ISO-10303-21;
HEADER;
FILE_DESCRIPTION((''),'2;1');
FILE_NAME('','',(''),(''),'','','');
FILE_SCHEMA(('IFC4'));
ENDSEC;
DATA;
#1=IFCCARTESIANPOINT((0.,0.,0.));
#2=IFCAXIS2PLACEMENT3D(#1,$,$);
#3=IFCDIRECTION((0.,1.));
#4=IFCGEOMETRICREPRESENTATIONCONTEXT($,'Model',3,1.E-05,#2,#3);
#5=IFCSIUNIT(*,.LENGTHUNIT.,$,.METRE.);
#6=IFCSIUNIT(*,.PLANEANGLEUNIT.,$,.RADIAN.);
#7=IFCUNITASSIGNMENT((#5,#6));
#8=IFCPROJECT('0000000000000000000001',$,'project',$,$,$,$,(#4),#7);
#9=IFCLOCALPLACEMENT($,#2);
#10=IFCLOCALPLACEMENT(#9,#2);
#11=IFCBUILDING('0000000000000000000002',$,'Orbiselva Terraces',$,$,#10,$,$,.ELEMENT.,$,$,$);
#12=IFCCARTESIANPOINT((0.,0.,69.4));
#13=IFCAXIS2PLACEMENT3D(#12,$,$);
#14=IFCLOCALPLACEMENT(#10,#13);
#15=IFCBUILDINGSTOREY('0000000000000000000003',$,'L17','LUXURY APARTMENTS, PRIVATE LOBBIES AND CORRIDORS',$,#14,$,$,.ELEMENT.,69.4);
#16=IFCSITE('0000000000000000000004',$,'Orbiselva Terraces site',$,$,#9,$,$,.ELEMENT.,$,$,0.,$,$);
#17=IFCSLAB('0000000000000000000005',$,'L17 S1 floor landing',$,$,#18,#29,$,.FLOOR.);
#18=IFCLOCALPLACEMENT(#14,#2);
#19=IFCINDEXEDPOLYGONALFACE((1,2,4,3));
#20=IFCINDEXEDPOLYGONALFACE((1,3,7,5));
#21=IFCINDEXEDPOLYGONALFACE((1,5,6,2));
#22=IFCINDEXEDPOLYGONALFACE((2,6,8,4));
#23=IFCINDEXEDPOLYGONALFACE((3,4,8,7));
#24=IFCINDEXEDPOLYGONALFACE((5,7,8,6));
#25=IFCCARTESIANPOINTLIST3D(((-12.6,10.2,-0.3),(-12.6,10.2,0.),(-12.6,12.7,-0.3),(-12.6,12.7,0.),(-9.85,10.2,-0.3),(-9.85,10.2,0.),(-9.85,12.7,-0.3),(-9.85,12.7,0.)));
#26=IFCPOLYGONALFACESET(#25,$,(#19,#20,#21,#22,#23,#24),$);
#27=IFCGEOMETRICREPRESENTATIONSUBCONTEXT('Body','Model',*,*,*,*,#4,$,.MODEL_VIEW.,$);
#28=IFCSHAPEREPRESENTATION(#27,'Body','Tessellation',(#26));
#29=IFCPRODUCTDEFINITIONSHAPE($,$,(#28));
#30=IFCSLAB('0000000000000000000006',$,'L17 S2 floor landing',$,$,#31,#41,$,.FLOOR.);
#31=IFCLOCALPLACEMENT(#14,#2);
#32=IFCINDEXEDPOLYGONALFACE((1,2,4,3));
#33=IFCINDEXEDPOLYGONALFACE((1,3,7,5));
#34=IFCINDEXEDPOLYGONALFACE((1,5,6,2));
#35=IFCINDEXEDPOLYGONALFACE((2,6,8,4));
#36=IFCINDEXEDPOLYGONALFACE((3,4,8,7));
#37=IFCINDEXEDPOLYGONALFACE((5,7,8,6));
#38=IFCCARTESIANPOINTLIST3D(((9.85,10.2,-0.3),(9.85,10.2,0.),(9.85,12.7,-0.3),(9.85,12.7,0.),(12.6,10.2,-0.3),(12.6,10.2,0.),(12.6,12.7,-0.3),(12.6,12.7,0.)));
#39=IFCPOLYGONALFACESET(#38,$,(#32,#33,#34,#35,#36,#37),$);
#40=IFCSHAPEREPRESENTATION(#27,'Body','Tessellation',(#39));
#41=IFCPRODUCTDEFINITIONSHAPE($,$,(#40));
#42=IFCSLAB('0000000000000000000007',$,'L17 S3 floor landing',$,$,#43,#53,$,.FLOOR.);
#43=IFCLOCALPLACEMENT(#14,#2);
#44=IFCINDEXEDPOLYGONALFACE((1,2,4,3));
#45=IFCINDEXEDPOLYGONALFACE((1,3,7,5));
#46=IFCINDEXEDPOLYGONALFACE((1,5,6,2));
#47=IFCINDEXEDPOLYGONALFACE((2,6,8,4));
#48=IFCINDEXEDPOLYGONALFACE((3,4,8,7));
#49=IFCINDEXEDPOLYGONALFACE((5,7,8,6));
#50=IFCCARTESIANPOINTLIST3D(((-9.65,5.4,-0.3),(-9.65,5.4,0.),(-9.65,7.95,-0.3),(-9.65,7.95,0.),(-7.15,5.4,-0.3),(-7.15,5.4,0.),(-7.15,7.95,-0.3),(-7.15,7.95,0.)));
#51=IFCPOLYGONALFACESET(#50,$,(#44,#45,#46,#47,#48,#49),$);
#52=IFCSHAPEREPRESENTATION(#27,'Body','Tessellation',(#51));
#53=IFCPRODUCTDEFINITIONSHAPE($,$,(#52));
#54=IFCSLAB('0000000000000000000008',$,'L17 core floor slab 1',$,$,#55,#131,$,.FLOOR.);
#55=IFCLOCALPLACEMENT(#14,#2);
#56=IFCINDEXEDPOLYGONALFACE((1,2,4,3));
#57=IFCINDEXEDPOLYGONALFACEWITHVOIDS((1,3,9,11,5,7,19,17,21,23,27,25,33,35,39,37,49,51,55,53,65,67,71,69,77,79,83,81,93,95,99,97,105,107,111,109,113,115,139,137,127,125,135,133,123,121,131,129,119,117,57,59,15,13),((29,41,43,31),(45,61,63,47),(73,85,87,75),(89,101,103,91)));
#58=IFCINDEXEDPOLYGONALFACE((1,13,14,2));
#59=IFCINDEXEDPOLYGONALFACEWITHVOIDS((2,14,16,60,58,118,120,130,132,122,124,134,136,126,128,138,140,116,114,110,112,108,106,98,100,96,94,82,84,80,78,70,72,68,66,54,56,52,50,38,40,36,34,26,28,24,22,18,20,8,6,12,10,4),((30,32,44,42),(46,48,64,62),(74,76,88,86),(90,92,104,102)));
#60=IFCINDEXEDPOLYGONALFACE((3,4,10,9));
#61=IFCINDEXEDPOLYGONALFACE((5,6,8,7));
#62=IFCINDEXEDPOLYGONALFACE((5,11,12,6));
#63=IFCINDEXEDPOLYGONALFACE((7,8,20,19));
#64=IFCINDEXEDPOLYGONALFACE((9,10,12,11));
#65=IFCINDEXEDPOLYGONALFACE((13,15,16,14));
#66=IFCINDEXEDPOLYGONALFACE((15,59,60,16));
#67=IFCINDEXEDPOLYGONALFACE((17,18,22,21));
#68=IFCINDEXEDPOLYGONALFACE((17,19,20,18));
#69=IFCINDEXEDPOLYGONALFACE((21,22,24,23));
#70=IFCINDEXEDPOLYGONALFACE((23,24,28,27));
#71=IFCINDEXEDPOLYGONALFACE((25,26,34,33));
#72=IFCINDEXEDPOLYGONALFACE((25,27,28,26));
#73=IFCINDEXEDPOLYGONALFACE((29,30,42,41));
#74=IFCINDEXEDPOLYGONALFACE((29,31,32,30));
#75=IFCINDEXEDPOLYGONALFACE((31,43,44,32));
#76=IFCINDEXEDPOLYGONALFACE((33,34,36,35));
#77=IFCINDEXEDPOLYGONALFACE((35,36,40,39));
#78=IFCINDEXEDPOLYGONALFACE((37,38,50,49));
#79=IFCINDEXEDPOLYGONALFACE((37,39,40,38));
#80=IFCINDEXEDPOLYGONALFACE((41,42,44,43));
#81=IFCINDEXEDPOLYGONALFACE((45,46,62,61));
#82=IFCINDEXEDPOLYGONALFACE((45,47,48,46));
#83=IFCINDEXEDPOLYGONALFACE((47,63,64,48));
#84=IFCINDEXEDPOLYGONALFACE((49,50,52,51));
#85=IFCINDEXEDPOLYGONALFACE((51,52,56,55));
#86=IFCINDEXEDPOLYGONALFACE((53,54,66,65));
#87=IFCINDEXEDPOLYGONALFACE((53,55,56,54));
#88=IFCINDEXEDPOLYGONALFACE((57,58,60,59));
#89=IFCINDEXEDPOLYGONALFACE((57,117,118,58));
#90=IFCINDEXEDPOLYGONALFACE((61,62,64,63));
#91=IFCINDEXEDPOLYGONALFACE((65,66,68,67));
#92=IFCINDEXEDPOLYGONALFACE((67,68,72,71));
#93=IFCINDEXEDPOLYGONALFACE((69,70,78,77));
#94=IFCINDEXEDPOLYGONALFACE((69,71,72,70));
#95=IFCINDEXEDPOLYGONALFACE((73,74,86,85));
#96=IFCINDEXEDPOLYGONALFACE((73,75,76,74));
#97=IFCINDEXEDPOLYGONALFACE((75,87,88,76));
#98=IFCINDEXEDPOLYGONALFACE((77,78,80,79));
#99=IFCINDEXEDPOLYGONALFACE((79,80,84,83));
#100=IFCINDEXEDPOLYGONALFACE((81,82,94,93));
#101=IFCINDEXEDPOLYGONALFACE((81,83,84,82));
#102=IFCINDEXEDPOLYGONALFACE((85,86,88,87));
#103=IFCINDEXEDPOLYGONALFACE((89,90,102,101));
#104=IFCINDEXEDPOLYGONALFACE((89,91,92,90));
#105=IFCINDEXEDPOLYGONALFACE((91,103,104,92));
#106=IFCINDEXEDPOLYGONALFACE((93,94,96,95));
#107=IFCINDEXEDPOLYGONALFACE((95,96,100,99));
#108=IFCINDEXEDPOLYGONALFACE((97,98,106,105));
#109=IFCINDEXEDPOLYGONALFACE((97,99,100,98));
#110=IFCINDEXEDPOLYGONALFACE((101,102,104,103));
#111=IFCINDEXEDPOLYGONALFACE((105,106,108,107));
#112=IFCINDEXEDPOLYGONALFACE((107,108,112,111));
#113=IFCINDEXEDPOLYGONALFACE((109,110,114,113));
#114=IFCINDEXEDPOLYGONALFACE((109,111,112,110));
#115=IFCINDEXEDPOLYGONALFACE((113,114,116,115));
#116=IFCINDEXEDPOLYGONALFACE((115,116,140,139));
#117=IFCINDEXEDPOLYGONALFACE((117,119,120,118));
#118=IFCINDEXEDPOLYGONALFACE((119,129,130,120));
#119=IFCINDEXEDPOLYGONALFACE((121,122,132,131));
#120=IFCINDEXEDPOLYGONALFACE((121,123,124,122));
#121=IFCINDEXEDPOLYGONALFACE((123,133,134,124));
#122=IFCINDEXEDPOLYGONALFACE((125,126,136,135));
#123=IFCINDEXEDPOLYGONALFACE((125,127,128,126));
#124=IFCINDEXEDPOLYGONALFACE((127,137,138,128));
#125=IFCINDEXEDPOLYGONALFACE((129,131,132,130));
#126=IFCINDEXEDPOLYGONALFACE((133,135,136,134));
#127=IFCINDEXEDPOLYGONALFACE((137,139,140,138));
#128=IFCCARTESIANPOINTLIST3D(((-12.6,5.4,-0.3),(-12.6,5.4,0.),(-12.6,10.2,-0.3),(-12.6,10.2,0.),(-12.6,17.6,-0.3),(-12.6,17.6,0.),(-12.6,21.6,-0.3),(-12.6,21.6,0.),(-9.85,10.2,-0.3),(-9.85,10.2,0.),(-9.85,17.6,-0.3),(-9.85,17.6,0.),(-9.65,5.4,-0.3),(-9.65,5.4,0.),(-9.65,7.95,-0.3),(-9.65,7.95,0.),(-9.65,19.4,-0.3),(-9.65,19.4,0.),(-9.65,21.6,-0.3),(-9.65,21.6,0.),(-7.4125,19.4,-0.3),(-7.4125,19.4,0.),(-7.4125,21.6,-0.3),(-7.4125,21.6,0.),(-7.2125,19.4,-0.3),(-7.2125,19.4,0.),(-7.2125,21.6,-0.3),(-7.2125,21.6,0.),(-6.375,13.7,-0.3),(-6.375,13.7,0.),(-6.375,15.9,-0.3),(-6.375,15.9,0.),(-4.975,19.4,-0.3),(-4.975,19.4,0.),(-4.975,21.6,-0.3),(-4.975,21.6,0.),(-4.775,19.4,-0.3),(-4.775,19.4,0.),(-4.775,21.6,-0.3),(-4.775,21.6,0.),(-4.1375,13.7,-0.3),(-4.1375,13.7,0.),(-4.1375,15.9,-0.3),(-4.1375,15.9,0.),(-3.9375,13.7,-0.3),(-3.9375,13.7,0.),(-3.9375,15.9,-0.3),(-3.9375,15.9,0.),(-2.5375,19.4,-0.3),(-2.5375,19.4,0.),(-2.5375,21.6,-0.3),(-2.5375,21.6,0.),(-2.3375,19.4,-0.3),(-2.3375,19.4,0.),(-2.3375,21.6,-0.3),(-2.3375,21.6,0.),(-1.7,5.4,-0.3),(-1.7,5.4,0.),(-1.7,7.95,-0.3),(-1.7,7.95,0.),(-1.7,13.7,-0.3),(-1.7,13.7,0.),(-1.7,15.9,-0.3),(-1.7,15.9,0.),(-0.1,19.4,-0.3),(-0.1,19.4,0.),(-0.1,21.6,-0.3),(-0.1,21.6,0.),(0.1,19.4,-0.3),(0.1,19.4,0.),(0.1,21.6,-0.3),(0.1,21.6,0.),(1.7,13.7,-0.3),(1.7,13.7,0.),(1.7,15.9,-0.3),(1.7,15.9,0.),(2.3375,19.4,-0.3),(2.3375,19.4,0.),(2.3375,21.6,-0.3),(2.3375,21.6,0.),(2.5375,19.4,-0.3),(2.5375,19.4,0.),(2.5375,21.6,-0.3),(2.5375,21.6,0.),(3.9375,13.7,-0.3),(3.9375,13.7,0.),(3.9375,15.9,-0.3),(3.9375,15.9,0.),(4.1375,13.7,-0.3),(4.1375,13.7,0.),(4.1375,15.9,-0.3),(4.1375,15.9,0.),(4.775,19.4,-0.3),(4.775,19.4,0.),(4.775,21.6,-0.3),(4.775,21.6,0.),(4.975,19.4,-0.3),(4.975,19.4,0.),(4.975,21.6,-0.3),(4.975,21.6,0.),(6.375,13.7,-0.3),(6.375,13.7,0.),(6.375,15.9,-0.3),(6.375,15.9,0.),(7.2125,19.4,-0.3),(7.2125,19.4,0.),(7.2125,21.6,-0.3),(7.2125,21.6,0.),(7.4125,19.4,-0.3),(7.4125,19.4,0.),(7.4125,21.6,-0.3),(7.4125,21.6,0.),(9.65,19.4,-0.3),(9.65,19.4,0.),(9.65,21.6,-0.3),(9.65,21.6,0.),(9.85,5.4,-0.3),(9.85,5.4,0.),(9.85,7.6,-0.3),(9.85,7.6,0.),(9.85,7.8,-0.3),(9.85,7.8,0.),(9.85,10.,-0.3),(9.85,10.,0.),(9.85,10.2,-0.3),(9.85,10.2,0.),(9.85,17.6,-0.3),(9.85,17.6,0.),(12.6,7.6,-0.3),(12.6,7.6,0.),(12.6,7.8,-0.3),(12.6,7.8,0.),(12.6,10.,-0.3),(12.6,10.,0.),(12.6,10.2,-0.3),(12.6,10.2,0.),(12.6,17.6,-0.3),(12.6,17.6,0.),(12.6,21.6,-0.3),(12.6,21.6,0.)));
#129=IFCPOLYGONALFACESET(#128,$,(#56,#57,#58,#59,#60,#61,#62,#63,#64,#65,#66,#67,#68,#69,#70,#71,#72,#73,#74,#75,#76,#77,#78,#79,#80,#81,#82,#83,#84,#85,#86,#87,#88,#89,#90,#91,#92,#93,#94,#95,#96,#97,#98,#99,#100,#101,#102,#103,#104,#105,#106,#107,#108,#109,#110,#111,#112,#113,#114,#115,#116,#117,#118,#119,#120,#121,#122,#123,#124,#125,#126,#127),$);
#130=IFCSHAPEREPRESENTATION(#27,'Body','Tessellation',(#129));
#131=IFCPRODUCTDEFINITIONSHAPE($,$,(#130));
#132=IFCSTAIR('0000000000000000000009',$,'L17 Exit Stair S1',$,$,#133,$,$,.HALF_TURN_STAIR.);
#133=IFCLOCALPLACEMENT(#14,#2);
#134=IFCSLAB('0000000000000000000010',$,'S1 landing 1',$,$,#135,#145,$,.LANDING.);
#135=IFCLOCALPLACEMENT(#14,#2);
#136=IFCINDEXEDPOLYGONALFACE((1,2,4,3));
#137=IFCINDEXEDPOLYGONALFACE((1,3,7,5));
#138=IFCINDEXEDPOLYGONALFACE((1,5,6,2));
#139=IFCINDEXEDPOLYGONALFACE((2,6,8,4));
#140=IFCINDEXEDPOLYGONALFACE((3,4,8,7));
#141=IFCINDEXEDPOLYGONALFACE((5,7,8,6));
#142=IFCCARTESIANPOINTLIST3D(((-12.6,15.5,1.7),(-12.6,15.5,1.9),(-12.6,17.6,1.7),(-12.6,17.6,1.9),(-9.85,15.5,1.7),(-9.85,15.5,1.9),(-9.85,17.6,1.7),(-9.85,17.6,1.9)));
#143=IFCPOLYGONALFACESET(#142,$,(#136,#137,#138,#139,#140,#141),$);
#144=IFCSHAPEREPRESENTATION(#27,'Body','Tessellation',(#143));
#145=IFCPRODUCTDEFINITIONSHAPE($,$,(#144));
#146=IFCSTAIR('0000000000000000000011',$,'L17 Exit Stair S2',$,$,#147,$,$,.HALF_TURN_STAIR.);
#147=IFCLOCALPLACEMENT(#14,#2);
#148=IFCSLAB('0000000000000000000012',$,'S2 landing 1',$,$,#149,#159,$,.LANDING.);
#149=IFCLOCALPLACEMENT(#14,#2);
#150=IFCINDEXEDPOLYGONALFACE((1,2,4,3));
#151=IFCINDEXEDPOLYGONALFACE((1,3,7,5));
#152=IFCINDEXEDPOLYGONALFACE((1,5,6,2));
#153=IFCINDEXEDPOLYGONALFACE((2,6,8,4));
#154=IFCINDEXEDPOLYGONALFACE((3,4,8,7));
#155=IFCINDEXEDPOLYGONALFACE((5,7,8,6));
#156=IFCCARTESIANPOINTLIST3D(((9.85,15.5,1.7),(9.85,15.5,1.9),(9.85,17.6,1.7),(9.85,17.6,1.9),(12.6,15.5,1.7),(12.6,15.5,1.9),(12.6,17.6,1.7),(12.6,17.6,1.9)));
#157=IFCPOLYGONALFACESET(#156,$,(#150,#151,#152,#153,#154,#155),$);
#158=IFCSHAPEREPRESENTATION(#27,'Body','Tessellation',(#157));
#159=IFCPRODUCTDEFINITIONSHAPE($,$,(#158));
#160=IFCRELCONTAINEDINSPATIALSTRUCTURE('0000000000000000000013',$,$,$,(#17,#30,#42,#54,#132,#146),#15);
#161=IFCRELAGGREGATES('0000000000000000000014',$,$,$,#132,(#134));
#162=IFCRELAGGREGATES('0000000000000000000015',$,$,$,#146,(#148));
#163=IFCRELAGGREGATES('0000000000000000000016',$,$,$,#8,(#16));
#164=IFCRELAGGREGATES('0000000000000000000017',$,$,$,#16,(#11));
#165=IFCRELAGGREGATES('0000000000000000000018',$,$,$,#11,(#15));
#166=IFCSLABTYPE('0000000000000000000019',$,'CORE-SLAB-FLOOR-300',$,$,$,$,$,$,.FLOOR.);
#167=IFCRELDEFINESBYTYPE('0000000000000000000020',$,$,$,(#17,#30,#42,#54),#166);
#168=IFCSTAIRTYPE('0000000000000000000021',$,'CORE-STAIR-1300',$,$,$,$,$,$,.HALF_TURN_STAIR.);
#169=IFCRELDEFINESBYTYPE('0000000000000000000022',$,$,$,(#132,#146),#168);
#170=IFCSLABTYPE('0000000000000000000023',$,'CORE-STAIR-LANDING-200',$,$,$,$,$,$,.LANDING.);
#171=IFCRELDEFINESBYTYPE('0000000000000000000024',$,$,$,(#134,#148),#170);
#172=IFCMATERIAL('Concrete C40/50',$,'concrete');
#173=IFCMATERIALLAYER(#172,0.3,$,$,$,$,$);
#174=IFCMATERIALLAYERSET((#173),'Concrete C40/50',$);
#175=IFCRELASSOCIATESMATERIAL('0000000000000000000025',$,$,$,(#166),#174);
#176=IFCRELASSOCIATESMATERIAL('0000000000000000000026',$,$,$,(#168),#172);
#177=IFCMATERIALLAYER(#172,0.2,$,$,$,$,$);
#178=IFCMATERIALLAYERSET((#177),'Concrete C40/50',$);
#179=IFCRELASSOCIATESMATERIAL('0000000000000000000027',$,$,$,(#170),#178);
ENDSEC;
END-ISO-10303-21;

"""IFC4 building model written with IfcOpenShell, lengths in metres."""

from ifc_helpers import new_model, si_unit, direction, frame, origin, place, context, subcontext, project, spatial, polyline, outline, extrude, material, layer, layer_set, type_object, element, aggregate, save


model = new_model("IFC4")

# Units and contexts
model_context = context("Model", 3, precision=1e-05, world=origin(), true_north=direction((0.0, 1.0)))
body_context = subcontext(model_context, "Body", "Model", "MODEL_VIEW")
ifc_project = project(units=[si_unit("LENGTHUNIT", "METRE"), si_unit("PLANEANGLEUNIT", "RADIAN")], contexts=[model_context])

# Site, building, storey
site_placement = place(None, origin())
site = spatial("IfcSite", under=ifc_project, at=site_placement, Name="Orbiselva Terraces site", CompositionType="ELEMENT", RefElevation=0.0)
building_placement = place(site_placement, origin())
building = spatial("IfcBuilding", under=site, at=building_placement, Name="Orbiselva Terraces", CompositionType="ELEMENT")
storey_placement = place(building_placement, frame((0.0, 0.0, 69.4)))
storey = spatial("IfcBuildingStorey", under=building, at=storey_placement, Name="L17", Description="LUXURY APARTMENTS, PRIVATE LOBBIES AND CORRIDORS", CompositionType="ELEMENT", Elevation=69.4)

# Slabs
ifc_material_1 = material(Name="Concrete C40/50", Category="concrete")
ifc_layer_1 = layer(ifc_material_1, 0.3)
ifc_layer_set_1 = layer_set([ifc_layer_1], Name="Concrete C40/50")
slab_type_1 = type_object("IfcSlabType", Name="CORE-SLAB-FLOOR-300", PredefinedType="FLOOR", material=ifc_layer_set_1)
slab_1_placement = place(storey_placement, frame((0.0, 0.0, -0.3)))
element("IfcSlab", 1, at=slab_1_placement, inside=storey, type_object=slab_type_1, Name="L17 S1 floor landing", PredefinedType="FLOOR", context=body_context, shape_type="SweptSolid", body=[
    extrude(outline(polyline([(-12.6, 12.7), (-9.85, 12.7), (-9.85, 10.2), (-12.6, 10.2), (-12.6, 12.7)])), origin(), (0.0, 0.0, 1.0), 0.3),
])
slab_2_placement = place(storey_placement, frame((0.0, 0.0, -0.3)))
element("IfcSlab", 2, at=slab_2_placement, inside=storey, type_object=slab_type_1, Name="L17 S2 floor landing", PredefinedType="FLOOR", context=body_context, shape_type="SweptSolid", body=[
    extrude(outline(polyline([(12.6, 12.7), (12.6, 10.2), (9.85, 10.2), (9.85, 12.7), (12.6, 12.7)])), origin(), (0.0, 0.0, 1.0), 0.3),
])
slab_3_placement = place(storey_placement, frame((0.0, 0.0, -0.3)))
element("IfcSlab", 3, at=slab_3_placement, inside=storey, type_object=slab_type_1, Name="L17 S3 floor landing", PredefinedType="FLOOR", context=body_context, shape_type="SweptSolid", body=[
    extrude(outline(polyline([(-7.15, 5.4), (-9.65, 5.4), (-9.65, 7.95), (-7.15, 7.95), (-7.15, 5.4)])), origin(), (0.0, 0.0, 1.0), 0.3),
])
slab_4_placement = place(storey_placement, frame((0.0, 0.0, -0.3)))
element("IfcSlab", 4, at=slab_4_placement, inside=storey, type_object=slab_type_1, Name="L17 core floor slab 1", PredefinedType="FLOOR", context=body_context, shape_type="SweptSolid", body=[
    extrude(outline(polyline([(-1.7, 5.4), (-1.7, 7.95), (-9.65, 7.95), (-9.65, 5.4), (-12.6, 5.4), (-12.6, 10.2), (-9.85, 10.2), (-9.85, 17.6), (-12.6, 17.6), (-12.6, 21.6), (-9.65, 21.6), (-9.65, 19.4), (-7.4125, 19.4), (-7.4125, 21.6), (-7.2125, 21.6), (-7.2125, 19.4), (-4.975, 19.4), (-4.975, 21.6), (-4.775, 21.6), (-4.775, 19.4), (-2.5375, 19.4), (-2.5375, 21.6), (-2.3375, 21.6), (-2.3375, 19.4), (-0.1, 19.4), (-0.1, 21.6), (0.1, 21.6), (0.1, 19.4), (2.3375, 19.4), (2.3375, 21.6), (2.5375, 21.6), (2.5375, 19.4), (4.775, 19.4), (4.775, 21.6), (4.975, 21.6), (4.975, 19.4), (7.2125, 19.4), (7.2125, 21.6), (7.4125, 21.6), (7.4125, 19.4), (9.65, 19.4), (9.65, 21.6), (12.6, 21.6), (12.6, 17.6), (9.85, 17.6), (9.85, 10.2), (12.6, 10.2), (12.6, 10.0), (9.85, 10.0), (9.85, 7.8), (12.6, 7.8), (12.6, 7.6), (9.85, 7.6), (9.85, 5.4), (-1.7, 5.4)]), holes=[polyline([(-4.1375, 13.7), (-4.1375, 15.9), (-6.375, 15.9), (-6.375, 13.7), (-4.1375, 13.7)]), polyline([(-1.7, 13.7), (-1.7, 15.9), (-3.9375, 15.9), (-3.9375, 13.7), (-1.7, 13.7)]), polyline([(3.9375, 13.7), (3.9375, 15.9), (1.7, 15.9), (1.7, 13.7), (3.9375, 13.7)]), polyline([(6.375, 13.7), (6.375, 15.9), (4.1375, 15.9), (4.1375, 13.7), (6.375, 13.7)])]), origin(), (0.0, 0.0, 1.0), 0.3),
])

# Stairs, slabs
stair_type = type_object("IfcStairType", Name="CORE-STAIR-1300", PredefinedType="HALF_TURN_STAIR", material=ifc_material_1)
stair_1_placement = place(storey_placement, origin())
stair_1 = element("IfcStair", 5, at=stair_1_placement, inside=storey, type_object=stair_type, Name="L17 Exit Stair S1", PredefinedType="HALF_TURN_STAIR")
ifc_layer_2 = layer(ifc_material_1, 0.2)
ifc_layer_set_2 = layer_set([ifc_layer_2], Name="Concrete C40/50")
slab_type_2 = type_object("IfcSlabType", Name="CORE-STAIR-LANDING-200", PredefinedType="LANDING", material=ifc_layer_set_2)
slab_5_placement = place(storey_placement, frame((0.0, 0.0, 1.7)))
slab_5 = element("IfcSlab", 6, at=slab_5_placement, type_object=slab_type_2, Name="S1 landing 1", PredefinedType="LANDING", context=body_context, shape_type="SweptSolid", body=[
    extrude(outline(polyline([(-9.85, 15.5), (-9.85, 17.6), (-12.6, 17.6), (-12.6, 15.5), (-9.85, 15.5)])), origin(), (0.0, 0.0, 1.0), 0.2),
])
aggregate(stair_1, [slab_5])
stair_2_placement = place(storey_placement, origin())
stair_2 = element("IfcStair", 7, at=stair_2_placement, inside=storey, type_object=stair_type, Name="L17 Exit Stair S2", PredefinedType="HALF_TURN_STAIR")
slab_6_placement = place(storey_placement, frame((0.0, 0.0, 1.7)))
slab_6 = element("IfcSlab", 8, at=slab_6_placement, type_object=slab_type_2, Name="S2 landing 1", PredefinedType="LANDING", context=body_context, shape_type="SweptSolid", body=[
    extrude(outline(polyline([(12.6, 15.5), (12.6, 17.6), (9.85, 17.6), (9.85, 15.5), (12.6, 15.5)])), origin(), (0.0, 0.0, 1.0), 0.2),
])
aggregate(stair_2, [slab_6])

save(model, "model.ifc")
